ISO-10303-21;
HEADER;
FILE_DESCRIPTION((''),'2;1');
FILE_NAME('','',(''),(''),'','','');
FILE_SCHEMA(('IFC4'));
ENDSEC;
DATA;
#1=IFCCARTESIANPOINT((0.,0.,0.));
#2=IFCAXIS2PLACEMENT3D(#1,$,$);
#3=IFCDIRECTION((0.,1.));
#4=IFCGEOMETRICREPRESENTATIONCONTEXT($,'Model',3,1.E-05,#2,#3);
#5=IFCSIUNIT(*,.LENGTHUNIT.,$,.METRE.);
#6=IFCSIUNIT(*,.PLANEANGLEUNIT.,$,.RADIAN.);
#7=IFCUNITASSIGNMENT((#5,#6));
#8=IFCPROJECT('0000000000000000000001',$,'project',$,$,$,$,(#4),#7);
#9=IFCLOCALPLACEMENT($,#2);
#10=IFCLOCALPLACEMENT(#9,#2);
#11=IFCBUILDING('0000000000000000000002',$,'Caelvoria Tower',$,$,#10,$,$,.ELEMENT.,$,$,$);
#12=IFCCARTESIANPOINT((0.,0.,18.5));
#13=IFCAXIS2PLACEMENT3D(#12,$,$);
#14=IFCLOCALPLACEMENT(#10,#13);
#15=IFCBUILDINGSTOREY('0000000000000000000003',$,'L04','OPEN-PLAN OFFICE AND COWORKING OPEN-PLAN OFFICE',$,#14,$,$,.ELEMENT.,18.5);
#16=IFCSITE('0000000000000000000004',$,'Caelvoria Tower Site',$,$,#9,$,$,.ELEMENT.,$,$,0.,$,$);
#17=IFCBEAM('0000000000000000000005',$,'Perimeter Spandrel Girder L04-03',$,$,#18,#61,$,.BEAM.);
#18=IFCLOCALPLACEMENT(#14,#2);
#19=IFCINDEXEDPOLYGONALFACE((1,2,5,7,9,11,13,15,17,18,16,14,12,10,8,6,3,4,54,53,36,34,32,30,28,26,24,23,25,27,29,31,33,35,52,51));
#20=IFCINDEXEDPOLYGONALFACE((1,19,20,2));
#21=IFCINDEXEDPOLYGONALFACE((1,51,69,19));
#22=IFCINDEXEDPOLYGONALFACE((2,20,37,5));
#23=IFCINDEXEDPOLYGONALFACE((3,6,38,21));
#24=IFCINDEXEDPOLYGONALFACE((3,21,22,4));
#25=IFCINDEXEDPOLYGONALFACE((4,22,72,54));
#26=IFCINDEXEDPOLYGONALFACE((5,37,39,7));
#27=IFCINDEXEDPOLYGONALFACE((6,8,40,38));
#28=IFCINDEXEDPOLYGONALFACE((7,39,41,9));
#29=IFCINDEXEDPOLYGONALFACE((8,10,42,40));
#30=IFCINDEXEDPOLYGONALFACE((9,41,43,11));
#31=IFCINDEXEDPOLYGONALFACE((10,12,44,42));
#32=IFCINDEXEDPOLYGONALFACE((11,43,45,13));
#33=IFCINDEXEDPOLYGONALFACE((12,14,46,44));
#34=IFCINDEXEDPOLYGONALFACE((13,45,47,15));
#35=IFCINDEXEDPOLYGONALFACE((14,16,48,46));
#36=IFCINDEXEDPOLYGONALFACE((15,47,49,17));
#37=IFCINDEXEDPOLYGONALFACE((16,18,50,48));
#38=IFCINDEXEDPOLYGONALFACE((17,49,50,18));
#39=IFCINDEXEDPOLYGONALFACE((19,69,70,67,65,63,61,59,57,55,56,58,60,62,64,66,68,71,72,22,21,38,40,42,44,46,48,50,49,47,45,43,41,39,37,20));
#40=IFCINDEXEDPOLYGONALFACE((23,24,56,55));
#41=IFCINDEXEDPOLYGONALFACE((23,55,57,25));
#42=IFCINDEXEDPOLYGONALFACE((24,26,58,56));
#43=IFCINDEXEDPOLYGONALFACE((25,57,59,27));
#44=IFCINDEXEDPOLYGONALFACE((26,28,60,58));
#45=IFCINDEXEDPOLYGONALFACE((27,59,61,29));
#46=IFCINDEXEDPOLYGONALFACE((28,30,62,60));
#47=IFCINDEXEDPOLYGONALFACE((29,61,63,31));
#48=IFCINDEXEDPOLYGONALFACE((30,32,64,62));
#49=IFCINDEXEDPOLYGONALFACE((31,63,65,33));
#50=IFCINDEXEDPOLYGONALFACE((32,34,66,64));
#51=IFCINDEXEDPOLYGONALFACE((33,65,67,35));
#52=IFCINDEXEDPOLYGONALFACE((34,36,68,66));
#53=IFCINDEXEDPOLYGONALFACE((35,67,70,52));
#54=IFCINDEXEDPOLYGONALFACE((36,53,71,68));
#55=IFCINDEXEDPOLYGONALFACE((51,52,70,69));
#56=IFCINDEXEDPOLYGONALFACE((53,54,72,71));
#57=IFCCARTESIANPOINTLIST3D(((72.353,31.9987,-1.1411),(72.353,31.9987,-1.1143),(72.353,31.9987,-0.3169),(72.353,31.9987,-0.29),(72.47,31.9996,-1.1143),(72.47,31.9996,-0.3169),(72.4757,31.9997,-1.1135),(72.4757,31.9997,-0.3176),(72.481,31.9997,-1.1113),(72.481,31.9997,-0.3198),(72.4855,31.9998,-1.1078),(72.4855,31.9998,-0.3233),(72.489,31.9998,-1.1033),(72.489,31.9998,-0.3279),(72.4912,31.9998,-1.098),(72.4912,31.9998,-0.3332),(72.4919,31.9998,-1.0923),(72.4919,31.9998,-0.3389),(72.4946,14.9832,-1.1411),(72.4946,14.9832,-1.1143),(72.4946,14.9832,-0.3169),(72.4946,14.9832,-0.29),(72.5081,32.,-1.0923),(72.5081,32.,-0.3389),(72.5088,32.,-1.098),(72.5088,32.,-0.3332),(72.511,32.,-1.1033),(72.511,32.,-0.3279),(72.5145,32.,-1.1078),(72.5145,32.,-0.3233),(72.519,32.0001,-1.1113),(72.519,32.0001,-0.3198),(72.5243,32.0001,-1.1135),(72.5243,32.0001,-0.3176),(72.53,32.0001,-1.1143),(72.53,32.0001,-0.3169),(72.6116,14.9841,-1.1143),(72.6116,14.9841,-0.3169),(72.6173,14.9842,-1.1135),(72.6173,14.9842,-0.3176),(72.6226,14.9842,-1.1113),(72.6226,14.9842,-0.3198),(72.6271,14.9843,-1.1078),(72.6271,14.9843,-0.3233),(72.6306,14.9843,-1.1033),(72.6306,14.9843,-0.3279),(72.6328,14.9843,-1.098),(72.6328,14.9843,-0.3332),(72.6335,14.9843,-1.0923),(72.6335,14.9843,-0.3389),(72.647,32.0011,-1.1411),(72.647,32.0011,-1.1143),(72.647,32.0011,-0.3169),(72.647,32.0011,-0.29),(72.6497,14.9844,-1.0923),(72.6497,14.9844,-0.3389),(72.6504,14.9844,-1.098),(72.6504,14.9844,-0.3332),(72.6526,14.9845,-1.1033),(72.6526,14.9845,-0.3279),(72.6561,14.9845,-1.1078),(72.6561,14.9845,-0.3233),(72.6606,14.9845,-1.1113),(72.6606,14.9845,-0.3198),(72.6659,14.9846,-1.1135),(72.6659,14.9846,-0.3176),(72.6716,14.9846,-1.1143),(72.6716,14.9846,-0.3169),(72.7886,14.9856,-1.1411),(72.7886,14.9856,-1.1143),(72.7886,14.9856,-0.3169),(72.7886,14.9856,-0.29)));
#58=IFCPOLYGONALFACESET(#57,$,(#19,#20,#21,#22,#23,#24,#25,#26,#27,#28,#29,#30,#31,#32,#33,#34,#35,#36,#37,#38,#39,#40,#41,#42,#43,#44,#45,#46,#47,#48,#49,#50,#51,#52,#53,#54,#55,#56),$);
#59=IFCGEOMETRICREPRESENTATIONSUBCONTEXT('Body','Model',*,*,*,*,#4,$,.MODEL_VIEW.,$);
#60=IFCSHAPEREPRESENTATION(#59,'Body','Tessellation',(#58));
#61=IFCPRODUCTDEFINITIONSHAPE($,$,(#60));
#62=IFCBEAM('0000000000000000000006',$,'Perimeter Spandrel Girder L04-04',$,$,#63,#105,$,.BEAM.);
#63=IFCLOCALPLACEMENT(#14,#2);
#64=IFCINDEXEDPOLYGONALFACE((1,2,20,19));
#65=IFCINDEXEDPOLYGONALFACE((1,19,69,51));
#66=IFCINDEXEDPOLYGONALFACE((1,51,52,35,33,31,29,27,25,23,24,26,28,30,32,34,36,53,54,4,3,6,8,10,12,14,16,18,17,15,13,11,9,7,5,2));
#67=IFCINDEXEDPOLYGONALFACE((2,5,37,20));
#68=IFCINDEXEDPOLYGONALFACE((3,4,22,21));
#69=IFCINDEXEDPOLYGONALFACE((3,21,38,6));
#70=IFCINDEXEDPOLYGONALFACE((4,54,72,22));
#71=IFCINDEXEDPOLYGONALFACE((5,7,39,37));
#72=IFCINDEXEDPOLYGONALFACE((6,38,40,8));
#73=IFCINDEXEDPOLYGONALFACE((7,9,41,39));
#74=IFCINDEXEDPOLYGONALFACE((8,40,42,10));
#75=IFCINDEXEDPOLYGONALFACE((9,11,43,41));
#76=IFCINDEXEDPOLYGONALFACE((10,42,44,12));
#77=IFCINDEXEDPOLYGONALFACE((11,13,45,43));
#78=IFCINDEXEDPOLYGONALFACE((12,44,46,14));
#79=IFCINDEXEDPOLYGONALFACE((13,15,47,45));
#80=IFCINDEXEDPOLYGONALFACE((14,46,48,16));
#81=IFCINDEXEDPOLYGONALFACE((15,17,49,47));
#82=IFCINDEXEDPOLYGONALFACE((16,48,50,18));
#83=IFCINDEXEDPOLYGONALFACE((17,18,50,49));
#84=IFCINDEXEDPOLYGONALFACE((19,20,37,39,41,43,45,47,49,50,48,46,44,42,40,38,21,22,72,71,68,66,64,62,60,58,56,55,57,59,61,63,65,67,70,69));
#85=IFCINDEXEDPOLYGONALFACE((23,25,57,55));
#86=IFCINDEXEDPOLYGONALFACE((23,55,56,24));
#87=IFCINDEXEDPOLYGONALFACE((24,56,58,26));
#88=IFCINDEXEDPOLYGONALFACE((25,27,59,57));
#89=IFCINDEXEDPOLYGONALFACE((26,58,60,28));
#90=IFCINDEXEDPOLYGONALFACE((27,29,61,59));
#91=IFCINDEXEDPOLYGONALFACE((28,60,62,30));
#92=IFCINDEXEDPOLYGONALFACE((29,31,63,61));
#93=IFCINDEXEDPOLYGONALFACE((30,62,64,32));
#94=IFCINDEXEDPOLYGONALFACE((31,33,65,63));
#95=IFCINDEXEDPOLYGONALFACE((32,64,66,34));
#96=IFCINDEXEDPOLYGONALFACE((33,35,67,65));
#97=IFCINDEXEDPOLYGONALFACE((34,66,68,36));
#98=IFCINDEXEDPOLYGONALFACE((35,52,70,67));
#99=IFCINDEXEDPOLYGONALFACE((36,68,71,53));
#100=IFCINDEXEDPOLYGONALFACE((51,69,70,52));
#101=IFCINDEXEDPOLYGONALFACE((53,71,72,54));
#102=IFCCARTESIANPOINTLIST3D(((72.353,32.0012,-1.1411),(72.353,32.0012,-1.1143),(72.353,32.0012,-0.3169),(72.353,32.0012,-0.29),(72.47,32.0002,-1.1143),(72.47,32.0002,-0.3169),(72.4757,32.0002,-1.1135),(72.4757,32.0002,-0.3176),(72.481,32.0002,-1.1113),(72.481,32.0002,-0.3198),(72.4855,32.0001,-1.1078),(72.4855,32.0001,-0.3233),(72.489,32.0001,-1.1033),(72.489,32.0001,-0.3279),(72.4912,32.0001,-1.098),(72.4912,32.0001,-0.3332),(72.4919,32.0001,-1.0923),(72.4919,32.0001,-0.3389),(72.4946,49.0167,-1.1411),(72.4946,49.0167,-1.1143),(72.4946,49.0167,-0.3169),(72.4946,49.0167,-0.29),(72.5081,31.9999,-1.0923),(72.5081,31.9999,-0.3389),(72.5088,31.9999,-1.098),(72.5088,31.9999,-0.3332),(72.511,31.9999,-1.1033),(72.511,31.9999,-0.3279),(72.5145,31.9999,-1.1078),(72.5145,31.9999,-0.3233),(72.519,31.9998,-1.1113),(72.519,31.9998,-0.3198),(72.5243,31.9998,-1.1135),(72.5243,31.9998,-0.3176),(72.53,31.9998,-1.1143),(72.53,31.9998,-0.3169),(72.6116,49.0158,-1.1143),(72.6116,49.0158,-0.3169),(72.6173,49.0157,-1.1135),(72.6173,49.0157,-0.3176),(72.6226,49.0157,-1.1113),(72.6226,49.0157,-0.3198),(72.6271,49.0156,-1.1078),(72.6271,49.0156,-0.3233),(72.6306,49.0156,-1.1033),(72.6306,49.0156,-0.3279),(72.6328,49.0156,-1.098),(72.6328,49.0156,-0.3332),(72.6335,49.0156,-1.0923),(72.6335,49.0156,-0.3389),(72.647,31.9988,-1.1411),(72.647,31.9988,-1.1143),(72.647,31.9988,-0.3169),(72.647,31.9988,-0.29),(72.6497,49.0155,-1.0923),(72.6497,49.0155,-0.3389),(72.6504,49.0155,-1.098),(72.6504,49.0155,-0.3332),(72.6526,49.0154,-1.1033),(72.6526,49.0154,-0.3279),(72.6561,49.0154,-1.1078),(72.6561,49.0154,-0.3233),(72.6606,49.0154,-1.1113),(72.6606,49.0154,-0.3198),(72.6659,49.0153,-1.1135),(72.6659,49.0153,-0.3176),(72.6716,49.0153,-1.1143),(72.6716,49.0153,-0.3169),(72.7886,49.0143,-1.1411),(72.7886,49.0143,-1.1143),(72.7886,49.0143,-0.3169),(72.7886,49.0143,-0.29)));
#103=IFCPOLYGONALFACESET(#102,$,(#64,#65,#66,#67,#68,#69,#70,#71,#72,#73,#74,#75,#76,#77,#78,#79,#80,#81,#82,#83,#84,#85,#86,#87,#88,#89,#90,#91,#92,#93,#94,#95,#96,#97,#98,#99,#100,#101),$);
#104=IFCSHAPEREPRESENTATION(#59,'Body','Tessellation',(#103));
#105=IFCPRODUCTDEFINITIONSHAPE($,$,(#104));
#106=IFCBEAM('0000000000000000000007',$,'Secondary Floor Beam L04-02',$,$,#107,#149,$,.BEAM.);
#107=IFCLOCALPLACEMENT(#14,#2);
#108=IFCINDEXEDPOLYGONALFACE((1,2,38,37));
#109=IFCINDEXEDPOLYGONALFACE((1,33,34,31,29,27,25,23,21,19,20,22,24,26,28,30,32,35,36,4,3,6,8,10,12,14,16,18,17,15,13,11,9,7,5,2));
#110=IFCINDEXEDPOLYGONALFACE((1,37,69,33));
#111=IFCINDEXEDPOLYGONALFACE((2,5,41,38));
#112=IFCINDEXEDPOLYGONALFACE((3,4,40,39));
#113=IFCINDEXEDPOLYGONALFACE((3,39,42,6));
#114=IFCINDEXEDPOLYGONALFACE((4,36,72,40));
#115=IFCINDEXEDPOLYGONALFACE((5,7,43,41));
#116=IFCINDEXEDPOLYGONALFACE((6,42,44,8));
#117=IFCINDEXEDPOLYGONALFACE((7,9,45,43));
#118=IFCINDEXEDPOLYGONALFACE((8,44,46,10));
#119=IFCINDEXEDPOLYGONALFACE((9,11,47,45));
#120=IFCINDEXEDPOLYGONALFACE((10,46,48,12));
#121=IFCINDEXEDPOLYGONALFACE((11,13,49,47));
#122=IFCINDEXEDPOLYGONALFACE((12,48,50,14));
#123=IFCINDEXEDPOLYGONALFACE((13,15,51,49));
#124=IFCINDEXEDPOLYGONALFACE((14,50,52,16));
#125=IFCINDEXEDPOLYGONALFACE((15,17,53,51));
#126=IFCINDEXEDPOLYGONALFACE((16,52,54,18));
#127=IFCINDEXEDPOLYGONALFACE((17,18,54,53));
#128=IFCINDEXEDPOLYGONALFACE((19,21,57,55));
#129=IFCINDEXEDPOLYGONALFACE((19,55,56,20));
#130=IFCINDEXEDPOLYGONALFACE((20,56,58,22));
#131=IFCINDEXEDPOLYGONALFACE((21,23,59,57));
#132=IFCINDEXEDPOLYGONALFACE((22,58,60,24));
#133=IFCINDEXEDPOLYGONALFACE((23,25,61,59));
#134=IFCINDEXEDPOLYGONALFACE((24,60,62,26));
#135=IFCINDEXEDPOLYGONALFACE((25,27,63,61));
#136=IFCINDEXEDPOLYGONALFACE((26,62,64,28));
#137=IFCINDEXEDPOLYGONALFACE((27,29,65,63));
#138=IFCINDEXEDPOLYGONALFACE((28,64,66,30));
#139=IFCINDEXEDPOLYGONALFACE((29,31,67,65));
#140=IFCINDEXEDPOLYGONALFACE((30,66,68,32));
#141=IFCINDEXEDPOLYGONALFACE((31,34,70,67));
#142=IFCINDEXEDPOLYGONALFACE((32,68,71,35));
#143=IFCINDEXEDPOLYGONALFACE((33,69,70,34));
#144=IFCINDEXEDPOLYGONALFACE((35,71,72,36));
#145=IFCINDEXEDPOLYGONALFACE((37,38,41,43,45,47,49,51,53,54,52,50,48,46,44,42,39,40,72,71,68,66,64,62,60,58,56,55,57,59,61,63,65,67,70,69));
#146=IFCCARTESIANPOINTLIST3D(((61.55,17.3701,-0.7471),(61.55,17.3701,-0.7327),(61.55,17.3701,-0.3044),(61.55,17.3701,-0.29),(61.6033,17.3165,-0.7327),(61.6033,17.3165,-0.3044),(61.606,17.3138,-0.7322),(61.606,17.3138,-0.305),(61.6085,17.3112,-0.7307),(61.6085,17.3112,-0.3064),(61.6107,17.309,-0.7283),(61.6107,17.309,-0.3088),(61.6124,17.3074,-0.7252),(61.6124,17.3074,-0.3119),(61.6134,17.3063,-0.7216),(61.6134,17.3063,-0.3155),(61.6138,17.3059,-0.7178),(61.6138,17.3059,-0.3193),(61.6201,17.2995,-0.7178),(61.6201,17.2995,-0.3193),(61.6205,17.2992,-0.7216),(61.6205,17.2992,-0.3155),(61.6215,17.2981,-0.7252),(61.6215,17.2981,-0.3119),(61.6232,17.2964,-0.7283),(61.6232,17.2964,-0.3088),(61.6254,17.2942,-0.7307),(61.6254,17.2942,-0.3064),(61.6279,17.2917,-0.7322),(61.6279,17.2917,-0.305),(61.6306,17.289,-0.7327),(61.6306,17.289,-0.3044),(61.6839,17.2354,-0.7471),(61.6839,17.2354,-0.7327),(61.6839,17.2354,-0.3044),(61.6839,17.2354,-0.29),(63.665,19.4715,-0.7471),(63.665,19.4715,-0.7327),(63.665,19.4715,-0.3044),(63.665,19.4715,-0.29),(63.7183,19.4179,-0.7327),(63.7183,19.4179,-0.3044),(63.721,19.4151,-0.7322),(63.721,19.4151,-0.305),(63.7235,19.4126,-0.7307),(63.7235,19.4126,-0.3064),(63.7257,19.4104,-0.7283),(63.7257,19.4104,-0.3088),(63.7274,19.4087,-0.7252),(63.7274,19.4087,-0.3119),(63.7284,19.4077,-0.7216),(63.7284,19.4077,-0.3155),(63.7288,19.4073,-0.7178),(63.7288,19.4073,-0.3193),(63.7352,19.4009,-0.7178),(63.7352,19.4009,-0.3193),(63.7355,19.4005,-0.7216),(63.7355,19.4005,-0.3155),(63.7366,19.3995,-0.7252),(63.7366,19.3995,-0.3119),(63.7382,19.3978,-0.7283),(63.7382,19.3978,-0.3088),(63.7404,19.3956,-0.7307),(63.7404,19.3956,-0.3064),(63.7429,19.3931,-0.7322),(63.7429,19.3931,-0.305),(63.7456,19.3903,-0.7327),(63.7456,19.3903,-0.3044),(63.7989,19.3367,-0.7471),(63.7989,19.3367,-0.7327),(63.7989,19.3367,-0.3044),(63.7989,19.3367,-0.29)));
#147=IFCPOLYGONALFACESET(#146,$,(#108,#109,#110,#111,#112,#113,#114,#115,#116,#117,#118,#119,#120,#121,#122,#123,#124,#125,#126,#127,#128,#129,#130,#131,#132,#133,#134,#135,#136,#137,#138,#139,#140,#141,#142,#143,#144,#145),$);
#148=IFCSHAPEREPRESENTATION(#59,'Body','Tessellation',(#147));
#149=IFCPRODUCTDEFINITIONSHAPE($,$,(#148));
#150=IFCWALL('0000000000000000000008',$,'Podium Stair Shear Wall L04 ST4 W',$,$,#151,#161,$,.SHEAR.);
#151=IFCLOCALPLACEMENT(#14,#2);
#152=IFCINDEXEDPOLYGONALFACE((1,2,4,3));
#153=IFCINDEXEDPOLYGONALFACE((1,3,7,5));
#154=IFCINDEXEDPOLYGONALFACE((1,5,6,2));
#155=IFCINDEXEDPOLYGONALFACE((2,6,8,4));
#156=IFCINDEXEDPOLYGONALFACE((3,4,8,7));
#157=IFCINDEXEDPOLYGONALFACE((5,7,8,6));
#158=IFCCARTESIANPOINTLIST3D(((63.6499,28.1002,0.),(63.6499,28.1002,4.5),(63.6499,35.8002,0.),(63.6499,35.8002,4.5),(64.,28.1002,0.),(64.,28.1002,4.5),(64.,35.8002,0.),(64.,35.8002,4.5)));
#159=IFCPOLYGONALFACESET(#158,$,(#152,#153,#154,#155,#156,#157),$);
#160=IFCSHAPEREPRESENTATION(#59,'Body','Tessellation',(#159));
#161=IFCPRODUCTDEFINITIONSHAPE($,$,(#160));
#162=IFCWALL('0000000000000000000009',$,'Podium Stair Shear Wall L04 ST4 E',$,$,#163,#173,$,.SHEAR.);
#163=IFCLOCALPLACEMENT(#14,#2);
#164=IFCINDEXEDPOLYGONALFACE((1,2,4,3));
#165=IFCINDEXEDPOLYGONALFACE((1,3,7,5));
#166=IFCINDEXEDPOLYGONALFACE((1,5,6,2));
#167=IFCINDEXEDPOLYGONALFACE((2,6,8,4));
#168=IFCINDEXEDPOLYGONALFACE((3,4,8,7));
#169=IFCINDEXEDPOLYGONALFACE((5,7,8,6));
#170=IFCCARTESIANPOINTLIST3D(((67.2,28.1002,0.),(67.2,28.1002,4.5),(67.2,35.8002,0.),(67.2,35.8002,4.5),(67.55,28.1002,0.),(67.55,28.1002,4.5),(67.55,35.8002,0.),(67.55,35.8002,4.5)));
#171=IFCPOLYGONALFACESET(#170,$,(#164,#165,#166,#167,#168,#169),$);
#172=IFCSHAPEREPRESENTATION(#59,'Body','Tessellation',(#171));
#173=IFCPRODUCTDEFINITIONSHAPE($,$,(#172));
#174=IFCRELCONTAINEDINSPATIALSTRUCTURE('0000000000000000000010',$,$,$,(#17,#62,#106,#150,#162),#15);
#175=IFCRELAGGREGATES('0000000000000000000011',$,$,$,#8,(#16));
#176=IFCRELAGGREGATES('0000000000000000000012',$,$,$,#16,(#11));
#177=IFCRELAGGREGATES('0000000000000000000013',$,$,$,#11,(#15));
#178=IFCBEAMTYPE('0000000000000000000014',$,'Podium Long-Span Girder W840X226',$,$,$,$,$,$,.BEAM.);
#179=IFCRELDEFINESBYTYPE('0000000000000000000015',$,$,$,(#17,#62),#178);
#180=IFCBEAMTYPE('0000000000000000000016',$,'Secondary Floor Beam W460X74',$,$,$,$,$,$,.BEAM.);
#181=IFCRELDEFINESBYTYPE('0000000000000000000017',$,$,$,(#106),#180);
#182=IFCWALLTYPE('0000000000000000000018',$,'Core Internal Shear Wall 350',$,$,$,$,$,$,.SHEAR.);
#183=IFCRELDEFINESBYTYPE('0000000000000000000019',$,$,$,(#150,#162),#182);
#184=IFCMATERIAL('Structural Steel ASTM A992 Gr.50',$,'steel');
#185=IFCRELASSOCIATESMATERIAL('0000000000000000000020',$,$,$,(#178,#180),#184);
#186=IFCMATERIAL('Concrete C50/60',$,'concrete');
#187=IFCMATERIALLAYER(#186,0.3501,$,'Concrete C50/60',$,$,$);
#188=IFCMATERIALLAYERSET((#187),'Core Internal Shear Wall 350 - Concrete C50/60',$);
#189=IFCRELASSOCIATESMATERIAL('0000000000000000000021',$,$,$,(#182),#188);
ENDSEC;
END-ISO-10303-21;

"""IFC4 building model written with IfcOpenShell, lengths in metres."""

from ifc_helpers import new_model, si_unit, direction, frame, frame_2d, origin, origin_2d, place, context, subcontext, project, spatial, rectangle, i_section, extrude, material, layer, layer_set, material_profile, profile_set, type_object, element, save


model = new_model("IFC4")

# Units and contexts
model_context = context("Model", 3, precision=1e-05, world=origin(), true_north=direction((0.0, 1.0)))
body_context = subcontext(model_context, "Body", "Model", "MODEL_VIEW")
ifc_project = project(units=[si_unit("LENGTHUNIT", "METRE"), si_unit("PLANEANGLEUNIT", "RADIAN")], contexts=[model_context])

# Site, building, storey
site_placement = place(None, origin())
site = spatial("IfcSite", under=ifc_project, at=site_placement, Name="Caelvoria Tower Site", CompositionType="ELEMENT", RefElevation=0.0)
building_placement = place(site_placement, origin())
building = spatial("IfcBuilding", under=site, at=building_placement, Name="Caelvoria Tower", CompositionType="ELEMENT")
storey_placement = place(building_placement, frame((0.0, 0.0, 18.5)))
storey = spatial("IfcBuildingStorey", under=building, at=storey_placement, Name="L04", Description="OPEN-PLAN OFFICE AND COWORKING OPEN-PLAN OFFICE", CompositionType="ELEMENT", Elevation=18.5)

# Beams
ifc_material_1 = material(Name="Structural Steel ASTM A992 Gr.50", Category="steel")
ifc_material_profile_1 = material_profile(ifc_material_1, i_section(OverallWidth=0.2939, OverallDepth=0.8511, WebThickness=0.0161, FlangeThickness=0.0269, FilletRadius=0.022, at=origin_2d()), Name="Structural Steel ASTM A992 Gr.50")
ifc_profile_set_1 = profile_set([ifc_material_profile_1], Name="W840X226 - Structural Steel ASTM A992 Gr.50")
beam_type_1 = type_object("IfcBeamType", Name="Podium Long-Span Girder W840X226", PredefinedType="BEAM", material=ifc_profile_set_1)
for number, where, z_axis, x_axis, name in (
    (1, (72.6416, 14.9844, -0.7156), (-0.008322, 0.999965, 0.0), (-0.999965, -0.008322, 0.0), "Perimeter Spandrel Girder L04-03"),
    (2, (72.5, 32.0, -0.7156), (0.008322, 0.999965, 0.0), (-0.999965, 0.008322, 0.0), "Perimeter Spandrel Girder L04-04"),
):
    element("IfcBeam", number, at=place(storey_placement, frame(where, z_axis=z_axis, x_axis=x_axis)), inside=storey, type_object=beam_type_1, Name=name, PredefinedType="BEAM", context=body_context, shape_type="SweptSolid", body=[
        extrude(i_section(OverallWidth=0.2939, OverallDepth=0.8511, WebThickness=0.0161, FlangeThickness=0.0269, FilletRadius=0.022, at=origin_2d()), origin(), (0.0, 0.0, 1.0), 17.0161),
    ])
ifc_material_profile_2 = material_profile(ifc_material_1, i_section(OverallWidth=0.1899, OverallDepth=0.457, WebThickness=0.009, FlangeThickness=0.0144, FilletRadius=0.0149, at=origin_2d()), Name="Structural Steel ASTM A992 Gr.50")
ifc_profile_set_2 = profile_set([ifc_material_profile_2], Name="W460X74 - Structural Steel ASTM A992 Gr.50")
beam_type_2 = type_object("IfcBeamType", Name="Secondary Floor Beam W460X74", PredefinedType="BEAM", material=ifc_profile_set_2)
beam_1_placement = place(storey_placement, frame((61.6169, 17.3027, -0.5186), z_axis=(0.709396, 0.70481, 0.0), x_axis=(-0.70481, 0.709396, 0.0)))
element("IfcBeam", 3, at=beam_1_placement, inside=storey, type_object=beam_type_2, Name="Secondary Floor Beam L04-02", PredefinedType="BEAM", context=body_context, shape_type="SweptSolid", body=[
    extrude(i_section(OverallWidth=0.1899, OverallDepth=0.457, WebThickness=0.009, FlangeThickness=0.0144, FilletRadius=0.0149, at=origin_2d()), origin(), (0.0, 0.0, 1.0), 2.9814),
])

# Shared definitions
ifc_material_2 = material(Name="Concrete C50/60", Category="concrete")
ifc_layer_1 = layer(ifc_material_2, 0.3501, Name="Concrete C50/60")
ifc_layer_set_1 = layer_set([ifc_layer_1], Name="Core Internal Shear Wall 350 - Concrete C50/60")
wall_type_1 = type_object("IfcWallType", Name="Core Internal Shear Wall 350", PredefinedType="SHEAR", material=ifc_layer_set_1)

# Walls
for number, where, z_axis, x_axis, name in (
    (4, (63.825, 28.1001, 0.0), (0.0, 0.0, 1.0), (0.0, 1.0, 0.0), "Podium Stair Shear Wall L04 ST4 W"),
    (5, (67.375, 28.1001, 0.0), (0.0, 0.0, 1.0), (0.0, 1.0, 0.0), "Podium Stair Shear Wall L04 ST4 E"),
):
    element("IfcWall", number, at=place(storey_placement, frame(where, z_axis=z_axis, x_axis=x_axis)), inside=storey, type_object=wall_type_1, Name=name, PredefinedType="SHEAR", context=body_context, shape_type="SweptSolid", body=[
        extrude(rectangle(XDim=7.7, YDim=0.3501, at=frame_2d((3.8501, 0.0))), origin(), (0.0, 0.0, 1.0), 4.5),
    ])

save(model, "model.ifc")
